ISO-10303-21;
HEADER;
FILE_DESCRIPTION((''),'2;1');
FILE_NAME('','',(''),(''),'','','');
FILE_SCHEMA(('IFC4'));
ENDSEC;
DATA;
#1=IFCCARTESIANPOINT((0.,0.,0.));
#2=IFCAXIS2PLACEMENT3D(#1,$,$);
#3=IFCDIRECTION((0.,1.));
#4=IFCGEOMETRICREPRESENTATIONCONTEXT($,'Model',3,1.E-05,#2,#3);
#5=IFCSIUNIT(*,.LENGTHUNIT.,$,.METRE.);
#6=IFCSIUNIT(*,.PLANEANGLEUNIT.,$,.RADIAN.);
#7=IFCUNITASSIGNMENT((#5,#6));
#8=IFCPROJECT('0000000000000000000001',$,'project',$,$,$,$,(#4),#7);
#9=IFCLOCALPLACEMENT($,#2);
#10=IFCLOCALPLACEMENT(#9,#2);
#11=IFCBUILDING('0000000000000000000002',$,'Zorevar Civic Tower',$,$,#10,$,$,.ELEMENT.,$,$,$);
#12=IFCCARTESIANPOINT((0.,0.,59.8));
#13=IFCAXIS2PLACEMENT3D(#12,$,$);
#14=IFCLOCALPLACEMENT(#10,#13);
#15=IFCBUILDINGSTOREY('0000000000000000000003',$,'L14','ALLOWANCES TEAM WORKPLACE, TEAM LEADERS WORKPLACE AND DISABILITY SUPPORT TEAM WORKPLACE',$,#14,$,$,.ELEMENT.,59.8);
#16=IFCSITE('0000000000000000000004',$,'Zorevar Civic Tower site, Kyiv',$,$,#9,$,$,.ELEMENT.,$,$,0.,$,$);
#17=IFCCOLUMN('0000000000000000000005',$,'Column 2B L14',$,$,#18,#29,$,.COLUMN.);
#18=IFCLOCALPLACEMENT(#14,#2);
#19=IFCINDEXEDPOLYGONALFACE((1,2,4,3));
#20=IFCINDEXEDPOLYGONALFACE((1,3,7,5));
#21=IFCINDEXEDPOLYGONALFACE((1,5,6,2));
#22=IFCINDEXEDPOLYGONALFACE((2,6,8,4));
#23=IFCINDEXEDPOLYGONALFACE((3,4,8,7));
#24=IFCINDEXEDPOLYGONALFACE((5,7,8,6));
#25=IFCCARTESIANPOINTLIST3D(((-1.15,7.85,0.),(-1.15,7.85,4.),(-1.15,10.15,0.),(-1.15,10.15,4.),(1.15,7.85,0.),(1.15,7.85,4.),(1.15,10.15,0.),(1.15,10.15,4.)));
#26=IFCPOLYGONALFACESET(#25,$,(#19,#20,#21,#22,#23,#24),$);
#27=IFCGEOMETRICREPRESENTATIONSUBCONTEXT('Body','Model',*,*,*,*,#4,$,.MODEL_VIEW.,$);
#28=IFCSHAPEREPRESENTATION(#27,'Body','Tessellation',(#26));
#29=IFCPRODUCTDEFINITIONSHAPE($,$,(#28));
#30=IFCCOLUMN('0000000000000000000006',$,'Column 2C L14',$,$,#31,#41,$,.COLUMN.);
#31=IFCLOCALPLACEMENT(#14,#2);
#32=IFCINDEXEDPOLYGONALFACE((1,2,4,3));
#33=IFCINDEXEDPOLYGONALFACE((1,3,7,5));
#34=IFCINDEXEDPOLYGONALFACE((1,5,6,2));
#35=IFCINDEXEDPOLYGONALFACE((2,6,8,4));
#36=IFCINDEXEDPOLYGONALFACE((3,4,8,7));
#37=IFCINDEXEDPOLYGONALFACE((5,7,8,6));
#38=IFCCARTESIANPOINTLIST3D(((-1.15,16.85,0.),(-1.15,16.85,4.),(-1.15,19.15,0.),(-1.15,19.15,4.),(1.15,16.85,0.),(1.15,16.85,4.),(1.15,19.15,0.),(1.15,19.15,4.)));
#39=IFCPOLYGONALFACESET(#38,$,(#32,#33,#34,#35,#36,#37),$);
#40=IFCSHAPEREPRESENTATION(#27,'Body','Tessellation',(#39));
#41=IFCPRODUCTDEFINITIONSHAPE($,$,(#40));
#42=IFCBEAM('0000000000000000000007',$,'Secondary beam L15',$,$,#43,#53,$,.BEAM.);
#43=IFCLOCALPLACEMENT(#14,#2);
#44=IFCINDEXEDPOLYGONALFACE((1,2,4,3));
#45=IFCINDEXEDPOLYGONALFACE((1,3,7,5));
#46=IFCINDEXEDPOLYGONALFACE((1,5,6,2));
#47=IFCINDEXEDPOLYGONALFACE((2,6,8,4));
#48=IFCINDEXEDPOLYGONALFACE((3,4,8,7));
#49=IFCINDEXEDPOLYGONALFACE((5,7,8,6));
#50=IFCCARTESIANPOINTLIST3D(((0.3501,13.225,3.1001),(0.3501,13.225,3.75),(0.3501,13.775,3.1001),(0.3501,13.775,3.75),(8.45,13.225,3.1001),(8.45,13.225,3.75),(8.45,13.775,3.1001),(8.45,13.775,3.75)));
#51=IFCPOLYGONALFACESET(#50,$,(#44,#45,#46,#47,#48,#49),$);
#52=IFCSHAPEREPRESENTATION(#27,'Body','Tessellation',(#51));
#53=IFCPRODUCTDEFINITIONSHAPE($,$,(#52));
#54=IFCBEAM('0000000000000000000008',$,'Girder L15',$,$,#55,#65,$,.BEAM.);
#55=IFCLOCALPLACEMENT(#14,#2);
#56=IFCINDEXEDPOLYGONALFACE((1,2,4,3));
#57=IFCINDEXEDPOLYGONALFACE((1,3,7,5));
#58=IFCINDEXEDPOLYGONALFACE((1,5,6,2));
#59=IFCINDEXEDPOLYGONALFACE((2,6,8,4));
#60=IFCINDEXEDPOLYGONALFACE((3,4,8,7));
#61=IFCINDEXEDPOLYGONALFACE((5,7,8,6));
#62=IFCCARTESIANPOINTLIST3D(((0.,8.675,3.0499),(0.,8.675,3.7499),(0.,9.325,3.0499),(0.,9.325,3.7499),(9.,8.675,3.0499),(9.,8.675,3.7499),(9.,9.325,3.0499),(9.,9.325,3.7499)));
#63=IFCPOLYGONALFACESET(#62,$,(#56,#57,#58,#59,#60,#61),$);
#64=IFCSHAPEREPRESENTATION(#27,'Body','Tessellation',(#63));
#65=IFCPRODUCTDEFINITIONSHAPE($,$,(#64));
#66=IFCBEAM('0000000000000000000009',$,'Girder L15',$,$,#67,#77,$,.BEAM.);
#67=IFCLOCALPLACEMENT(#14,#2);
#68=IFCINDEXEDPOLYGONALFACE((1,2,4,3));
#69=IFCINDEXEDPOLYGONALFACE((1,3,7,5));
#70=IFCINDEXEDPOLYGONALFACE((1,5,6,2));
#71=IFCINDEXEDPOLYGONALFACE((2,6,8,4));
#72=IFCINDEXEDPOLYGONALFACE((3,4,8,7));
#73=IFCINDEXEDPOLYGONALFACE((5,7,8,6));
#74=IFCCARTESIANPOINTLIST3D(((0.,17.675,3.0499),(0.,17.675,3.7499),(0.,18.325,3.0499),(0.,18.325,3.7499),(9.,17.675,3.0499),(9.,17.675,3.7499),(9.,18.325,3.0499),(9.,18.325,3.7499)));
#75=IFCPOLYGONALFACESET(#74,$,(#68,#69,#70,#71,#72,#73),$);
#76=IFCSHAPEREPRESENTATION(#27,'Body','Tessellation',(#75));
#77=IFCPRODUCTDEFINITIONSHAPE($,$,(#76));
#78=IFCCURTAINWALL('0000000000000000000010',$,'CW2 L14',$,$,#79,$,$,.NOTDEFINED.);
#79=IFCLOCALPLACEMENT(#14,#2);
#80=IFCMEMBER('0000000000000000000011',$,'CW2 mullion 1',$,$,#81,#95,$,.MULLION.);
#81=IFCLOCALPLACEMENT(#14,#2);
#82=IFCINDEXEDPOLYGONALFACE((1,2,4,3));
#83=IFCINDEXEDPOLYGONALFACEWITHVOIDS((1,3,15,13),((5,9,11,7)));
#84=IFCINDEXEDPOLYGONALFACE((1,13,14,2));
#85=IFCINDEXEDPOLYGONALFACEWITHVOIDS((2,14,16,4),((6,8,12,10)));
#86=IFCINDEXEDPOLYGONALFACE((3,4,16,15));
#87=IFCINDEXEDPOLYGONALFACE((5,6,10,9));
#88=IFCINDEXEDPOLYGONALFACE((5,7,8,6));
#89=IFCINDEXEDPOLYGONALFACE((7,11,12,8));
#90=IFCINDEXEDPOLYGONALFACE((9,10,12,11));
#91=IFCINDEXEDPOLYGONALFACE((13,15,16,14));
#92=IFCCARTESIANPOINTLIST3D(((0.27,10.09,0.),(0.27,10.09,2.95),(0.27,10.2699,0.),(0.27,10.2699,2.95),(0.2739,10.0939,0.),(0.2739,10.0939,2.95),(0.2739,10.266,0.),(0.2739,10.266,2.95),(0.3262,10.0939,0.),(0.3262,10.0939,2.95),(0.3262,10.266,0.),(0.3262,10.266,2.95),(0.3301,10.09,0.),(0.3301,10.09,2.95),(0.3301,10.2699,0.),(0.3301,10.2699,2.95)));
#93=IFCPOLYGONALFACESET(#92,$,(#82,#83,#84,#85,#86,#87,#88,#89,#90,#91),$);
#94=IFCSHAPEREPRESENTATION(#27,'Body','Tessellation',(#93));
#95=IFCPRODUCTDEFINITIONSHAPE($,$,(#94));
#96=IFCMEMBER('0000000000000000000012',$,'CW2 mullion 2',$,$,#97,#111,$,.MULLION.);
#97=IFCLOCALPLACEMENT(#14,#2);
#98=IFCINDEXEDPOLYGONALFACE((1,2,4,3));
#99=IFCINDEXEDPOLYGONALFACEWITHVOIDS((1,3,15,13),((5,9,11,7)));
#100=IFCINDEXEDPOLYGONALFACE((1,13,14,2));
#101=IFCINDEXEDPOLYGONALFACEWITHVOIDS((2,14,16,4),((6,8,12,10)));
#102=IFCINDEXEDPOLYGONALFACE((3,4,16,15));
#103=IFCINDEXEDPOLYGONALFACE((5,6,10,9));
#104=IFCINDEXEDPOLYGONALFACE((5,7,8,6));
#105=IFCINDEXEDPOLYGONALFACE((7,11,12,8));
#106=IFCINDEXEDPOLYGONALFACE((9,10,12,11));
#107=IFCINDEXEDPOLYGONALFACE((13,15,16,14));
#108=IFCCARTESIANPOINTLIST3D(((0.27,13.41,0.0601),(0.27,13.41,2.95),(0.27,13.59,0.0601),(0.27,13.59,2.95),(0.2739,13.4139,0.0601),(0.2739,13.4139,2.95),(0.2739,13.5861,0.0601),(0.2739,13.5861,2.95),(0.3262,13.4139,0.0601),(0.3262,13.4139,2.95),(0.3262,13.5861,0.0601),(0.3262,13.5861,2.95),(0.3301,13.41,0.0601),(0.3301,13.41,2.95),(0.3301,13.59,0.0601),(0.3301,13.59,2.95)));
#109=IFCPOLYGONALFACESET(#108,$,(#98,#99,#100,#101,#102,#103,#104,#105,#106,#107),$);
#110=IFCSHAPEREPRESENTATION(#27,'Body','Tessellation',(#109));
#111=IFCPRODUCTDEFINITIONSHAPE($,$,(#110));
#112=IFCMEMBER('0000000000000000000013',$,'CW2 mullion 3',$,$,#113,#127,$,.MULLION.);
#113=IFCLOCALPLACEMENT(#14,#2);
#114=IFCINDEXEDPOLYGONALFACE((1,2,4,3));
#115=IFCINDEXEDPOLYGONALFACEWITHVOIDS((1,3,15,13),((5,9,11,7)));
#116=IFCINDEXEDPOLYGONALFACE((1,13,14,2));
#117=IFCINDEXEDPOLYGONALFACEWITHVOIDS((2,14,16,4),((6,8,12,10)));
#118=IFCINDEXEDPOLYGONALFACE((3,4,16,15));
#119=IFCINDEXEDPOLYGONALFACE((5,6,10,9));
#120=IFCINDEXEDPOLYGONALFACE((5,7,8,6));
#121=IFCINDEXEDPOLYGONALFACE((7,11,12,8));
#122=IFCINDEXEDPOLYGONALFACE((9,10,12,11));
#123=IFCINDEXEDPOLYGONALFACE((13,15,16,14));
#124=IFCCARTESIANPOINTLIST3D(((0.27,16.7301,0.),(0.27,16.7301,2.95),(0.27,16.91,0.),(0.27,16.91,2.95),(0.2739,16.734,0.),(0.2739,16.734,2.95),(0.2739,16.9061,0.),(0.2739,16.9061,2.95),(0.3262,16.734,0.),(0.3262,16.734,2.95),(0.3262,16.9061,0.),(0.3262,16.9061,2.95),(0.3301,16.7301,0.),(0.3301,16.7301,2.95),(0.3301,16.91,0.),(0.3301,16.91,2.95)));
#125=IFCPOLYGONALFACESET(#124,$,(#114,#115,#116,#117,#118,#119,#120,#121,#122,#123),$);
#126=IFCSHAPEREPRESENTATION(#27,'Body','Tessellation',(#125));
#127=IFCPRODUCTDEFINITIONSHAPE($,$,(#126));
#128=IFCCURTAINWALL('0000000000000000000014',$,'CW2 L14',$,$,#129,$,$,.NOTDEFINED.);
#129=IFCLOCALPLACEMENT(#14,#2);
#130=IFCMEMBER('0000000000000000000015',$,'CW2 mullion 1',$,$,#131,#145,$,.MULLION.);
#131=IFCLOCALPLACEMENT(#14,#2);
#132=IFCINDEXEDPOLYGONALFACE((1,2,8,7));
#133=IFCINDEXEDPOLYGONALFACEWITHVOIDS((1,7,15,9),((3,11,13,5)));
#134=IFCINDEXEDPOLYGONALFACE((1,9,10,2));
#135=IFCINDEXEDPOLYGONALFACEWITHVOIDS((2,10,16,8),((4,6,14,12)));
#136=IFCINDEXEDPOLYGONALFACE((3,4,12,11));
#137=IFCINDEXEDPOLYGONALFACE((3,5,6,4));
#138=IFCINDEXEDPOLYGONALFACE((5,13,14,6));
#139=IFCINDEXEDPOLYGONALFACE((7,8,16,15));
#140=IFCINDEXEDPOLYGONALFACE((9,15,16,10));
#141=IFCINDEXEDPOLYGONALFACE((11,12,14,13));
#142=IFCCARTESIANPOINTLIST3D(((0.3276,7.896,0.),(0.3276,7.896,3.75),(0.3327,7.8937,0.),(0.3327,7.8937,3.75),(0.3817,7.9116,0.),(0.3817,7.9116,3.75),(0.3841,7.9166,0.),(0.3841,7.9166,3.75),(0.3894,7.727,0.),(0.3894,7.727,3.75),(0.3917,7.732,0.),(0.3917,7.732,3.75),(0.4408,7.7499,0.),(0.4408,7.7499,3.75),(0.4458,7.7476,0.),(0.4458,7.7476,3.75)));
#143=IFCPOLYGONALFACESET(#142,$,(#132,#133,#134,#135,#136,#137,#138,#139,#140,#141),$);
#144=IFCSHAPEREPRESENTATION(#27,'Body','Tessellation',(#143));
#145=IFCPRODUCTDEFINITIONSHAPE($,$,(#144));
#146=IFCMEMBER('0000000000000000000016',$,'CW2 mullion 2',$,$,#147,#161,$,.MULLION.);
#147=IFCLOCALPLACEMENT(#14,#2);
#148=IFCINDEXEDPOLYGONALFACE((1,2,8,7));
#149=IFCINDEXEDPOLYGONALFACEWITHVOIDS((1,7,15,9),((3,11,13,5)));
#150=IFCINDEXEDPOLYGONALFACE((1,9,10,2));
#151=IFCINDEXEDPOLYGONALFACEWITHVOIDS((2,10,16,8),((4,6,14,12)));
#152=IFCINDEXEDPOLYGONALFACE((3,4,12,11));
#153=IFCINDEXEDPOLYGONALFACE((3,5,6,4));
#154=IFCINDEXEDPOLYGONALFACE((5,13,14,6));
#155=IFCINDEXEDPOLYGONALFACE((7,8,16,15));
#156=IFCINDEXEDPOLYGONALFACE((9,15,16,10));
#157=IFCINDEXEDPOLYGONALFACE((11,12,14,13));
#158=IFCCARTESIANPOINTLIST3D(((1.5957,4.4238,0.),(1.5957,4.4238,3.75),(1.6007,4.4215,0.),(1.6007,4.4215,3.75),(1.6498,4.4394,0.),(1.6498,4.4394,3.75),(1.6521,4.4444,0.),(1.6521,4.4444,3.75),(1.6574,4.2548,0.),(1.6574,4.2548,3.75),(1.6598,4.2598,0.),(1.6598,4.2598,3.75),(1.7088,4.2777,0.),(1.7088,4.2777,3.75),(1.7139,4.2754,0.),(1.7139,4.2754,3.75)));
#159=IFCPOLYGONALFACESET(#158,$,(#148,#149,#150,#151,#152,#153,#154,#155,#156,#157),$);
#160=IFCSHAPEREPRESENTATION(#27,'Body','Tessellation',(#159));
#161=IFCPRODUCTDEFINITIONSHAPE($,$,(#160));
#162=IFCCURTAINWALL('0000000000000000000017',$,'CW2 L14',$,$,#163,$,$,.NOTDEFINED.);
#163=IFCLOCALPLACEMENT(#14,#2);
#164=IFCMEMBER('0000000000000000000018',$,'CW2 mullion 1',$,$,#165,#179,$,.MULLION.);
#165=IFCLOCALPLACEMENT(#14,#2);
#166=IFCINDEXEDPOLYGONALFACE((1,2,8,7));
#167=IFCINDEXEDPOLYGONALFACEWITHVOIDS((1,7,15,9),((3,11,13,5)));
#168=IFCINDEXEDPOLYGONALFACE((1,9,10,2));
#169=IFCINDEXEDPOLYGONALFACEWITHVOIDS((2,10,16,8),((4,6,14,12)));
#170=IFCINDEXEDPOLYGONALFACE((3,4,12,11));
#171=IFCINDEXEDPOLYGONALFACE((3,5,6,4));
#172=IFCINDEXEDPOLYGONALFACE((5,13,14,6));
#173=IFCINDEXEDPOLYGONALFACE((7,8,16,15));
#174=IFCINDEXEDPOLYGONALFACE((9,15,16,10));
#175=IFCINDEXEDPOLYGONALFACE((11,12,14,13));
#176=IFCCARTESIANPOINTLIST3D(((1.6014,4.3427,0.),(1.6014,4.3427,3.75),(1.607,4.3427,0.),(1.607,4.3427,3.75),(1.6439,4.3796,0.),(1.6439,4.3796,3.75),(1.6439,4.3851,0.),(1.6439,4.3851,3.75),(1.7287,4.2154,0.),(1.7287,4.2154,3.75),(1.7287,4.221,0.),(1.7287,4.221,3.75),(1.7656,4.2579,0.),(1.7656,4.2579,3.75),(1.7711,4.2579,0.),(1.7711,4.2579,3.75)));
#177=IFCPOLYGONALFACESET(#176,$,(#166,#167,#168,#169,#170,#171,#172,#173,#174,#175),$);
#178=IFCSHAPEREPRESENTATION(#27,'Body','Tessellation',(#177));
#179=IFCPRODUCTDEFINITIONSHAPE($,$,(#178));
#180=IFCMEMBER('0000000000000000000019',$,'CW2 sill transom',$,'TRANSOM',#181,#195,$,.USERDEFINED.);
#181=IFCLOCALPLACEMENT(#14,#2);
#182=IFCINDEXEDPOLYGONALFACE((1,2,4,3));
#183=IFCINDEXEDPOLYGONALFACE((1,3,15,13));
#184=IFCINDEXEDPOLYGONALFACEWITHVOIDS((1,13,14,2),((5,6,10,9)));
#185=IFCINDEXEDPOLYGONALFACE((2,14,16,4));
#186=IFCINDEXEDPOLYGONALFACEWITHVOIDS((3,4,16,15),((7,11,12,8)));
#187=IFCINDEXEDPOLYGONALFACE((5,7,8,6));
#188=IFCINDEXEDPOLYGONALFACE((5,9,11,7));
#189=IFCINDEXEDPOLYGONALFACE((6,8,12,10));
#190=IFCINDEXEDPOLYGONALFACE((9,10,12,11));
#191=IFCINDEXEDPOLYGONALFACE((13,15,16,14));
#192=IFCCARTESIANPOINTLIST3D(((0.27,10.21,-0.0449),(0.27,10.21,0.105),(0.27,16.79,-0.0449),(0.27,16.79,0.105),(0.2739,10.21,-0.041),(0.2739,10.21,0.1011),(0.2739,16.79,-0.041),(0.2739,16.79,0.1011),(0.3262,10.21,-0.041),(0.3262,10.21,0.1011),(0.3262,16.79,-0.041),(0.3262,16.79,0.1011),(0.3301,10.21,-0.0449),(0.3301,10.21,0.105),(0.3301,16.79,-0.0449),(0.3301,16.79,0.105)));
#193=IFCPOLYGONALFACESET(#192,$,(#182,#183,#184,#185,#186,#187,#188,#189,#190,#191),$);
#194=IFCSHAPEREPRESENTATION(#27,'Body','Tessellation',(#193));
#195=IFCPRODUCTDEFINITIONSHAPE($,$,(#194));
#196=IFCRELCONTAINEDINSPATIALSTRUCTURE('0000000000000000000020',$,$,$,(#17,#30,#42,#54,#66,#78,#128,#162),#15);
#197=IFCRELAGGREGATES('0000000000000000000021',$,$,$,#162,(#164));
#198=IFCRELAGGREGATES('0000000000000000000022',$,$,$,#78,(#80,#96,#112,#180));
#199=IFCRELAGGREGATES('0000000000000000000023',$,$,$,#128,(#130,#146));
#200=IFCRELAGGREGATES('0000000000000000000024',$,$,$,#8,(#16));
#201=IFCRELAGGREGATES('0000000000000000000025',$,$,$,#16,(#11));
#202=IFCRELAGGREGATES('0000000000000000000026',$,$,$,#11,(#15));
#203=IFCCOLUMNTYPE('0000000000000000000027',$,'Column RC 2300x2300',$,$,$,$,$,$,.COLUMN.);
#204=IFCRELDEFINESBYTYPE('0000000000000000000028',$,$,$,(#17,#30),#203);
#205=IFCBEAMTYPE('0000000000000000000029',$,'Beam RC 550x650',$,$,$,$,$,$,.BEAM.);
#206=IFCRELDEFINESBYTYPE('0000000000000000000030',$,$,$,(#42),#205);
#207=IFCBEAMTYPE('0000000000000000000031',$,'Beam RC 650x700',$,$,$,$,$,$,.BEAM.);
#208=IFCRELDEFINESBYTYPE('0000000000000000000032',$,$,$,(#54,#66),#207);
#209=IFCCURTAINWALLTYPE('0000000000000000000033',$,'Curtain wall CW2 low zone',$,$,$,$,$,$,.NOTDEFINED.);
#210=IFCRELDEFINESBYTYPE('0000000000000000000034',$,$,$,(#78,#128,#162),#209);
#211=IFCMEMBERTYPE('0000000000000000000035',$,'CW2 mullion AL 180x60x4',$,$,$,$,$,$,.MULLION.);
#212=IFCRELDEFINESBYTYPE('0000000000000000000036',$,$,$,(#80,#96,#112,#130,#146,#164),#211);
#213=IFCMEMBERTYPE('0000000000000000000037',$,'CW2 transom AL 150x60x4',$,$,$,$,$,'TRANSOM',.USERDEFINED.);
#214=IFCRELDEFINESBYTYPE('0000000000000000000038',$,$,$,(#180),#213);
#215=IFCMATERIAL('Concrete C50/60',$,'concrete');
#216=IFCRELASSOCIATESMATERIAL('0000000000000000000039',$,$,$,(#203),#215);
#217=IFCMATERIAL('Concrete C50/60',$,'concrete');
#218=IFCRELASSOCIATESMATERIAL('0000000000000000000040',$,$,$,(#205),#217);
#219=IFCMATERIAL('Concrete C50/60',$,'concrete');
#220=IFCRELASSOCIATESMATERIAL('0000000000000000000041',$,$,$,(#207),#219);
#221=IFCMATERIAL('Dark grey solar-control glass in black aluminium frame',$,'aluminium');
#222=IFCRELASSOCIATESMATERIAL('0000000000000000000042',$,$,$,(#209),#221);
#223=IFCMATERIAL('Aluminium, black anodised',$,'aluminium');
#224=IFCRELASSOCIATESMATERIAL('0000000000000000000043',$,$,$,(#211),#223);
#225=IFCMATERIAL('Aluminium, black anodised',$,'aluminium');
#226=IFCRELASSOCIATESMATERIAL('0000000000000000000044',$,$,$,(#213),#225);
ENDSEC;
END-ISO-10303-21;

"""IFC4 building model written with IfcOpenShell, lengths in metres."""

from ifc_helpers import new_model, si_unit, direction, frame, origin, origin_2d, place, context, subcontext, project, spatial, rectangle, hollow_rectangle, extrude, material, material_profile, profile_set, type_object, element, aggregate, save


model = new_model("IFC4")

# Units and contexts
model_context = context("Model", 3, precision=1e-05, world=origin(), true_north=direction((0.0, 1.0)))
body_context = subcontext(model_context, "Body", "Model", "MODEL_VIEW")
ifc_project = project(units=[si_unit("LENGTHUNIT", "METRE"), si_unit("PLANEANGLEUNIT", "RADIAN")], contexts=[model_context])

# Site, building, storey
site_placement = place(None, origin())
site = spatial("IfcSite", under=ifc_project, at=site_placement, Name="Zorevar Civic Tower site, Kyiv", CompositionType="ELEMENT", RefElevation=0.0)
building_placement = place(site_placement, origin())
building = spatial("IfcBuilding", under=site, at=building_placement, Name="Zorevar Civic Tower", CompositionType="ELEMENT")
storey_placement = place(building_placement, frame((0.0, 0.0, 59.8)))
storey = spatial("IfcBuildingStorey", under=building, at=storey_placement, Name="L14", Description="ALLOWANCES TEAM WORKPLACE, TEAM LEADERS WORKPLACE AND DISABILITY SUPPORT TEAM WORKPLACE", CompositionType="ELEMENT", Elevation=59.8)

# Columns
ifc_material_1 = material(Name="Concrete C50/60", Category="concrete")
ifc_material_profile_1 = material_profile(ifc_material_1, rectangle(XDim=2.3, YDim=2.3, at=origin_2d()), Name="RC 2300x2300")
ifc_profile_set_1 = profile_set([ifc_material_profile_1], Name="Concrete C50/60")
column_type = type_object("IfcColumnType", Name="Column RC 2300x2300", PredefinedType="COLUMN", material=ifc_profile_set_1)
for number, where, z_axis, x_axis, name in (
    (1, (0.0, 9.0, 0.0), (0.0, 0.0, 1.0), (1.0, 0.0, 0.0), "Column 2B L14"),
    (2, (0.0, 18.0, 0.0), (0.0, 0.0, 1.0), (1.0, 0.0, 0.0), "Column 2C L14"),
):
    element("IfcColumn", number, at=place(storey_placement, frame(where, z_axis=z_axis, x_axis=x_axis)), inside=storey, type_object=column_type, Name=name, PredefinedType="COLUMN", context=body_context, shape_type="SweptSolid", body=[
        extrude(rectangle(XDim=2.3, YDim=2.3, at=origin_2d()), origin(), (0.0, 0.0, 1.0), 4.0),
    ])

# Beams
ifc_material_2 = material(Name="Concrete C50/60", Category="concrete")
ifc_material_profile_2 = material_profile(ifc_material_2, rectangle(XDim=0.55, YDim=0.6499, at=origin_2d()), Name="RC 550x650")
ifc_profile_set_2 = profile_set([ifc_material_profile_2], Name="Concrete C50/60")
beam_type_1 = type_object("IfcBeamType", Name="Beam RC 550x650", PredefinedType="BEAM", material=ifc_profile_set_2)
beam_1_placement = place(storey_placement, frame((0.3501, 13.5, 3.425), z_axis=(1.0, 0.0, 0.0), x_axis=(0.0, 1.0, 0.0)))
element("IfcBeam", 3, at=beam_1_placement, inside=storey, type_object=beam_type_1, Name="Secondary beam L15", PredefinedType="BEAM", context=body_context, shape_type="SweptSolid", body=[
    extrude(rectangle(XDim=0.55, YDim=0.6499, at=origin_2d()), origin(), (0.0, 0.0, 1.0), 8.0999),
])
ifc_material_3 = material(Name="Concrete C50/60", Category="concrete")
ifc_material_profile_3 = material_profile(ifc_material_3, rectangle(XDim=0.6499, YDim=0.7, at=origin_2d()), Name="RC 650x700")
ifc_profile_set_3 = profile_set([ifc_material_profile_3], Name="Concrete C50/60")
beam_type_2 = type_object("IfcBeamType", Name="Beam RC 650x700", PredefinedType="BEAM", material=ifc_profile_set_3)
for number, where, z_axis, x_axis, name in (
    (4, (0.0, 9.0, 3.3999), (1.0, 0.0, 0.0), (0.0, 1.0, 0.0), "Girder L15"),
    (5, (0.0, 18.0, 3.3999), (1.0, 0.0, 0.0), (0.0, 1.0, 0.0), "Girder L15"),
):
    element("IfcBeam", number, at=place(storey_placement, frame(where, z_axis=z_axis, x_axis=x_axis)), inside=storey, type_object=beam_type_2, Name=name, PredefinedType="BEAM", context=body_context, shape_type="SweptSolid", body=[
        extrude(rectangle(XDim=0.6499, YDim=0.7, at=origin_2d()), origin(), (0.0, 0.0, 1.0), 9.0),
    ])

# Curtain walls, members
ifc_material_4 = material(Name="Dark grey solar-control glass in black aluminium frame", Category="aluminium")
curtain_wall_type = type_object("IfcCurtainWallType", Name="Curtain wall CW2 low zone", PredefinedType="NOTDEFINED", material=ifc_material_4)
curtain_wall_1_placement = place(storey_placement, origin())
curtain_wall_1 = element("IfcCurtainWall", 6, at=curtain_wall_1_placement, inside=storey, type_object=curtain_wall_type, Name="CW2 L14", PredefinedType="NOTDEFINED")
ifc_material_5 = material(Name="Aluminium, black anodised", Category="aluminium")
ifc_material_profile_4 = material_profile(ifc_material_5, hollow_rectangle(XDim=0.0601, YDim=0.1799, WallThickness=0.0039, at=origin_2d()), Name="AL 180x60x4")
ifc_profile_set_4 = profile_set([ifc_material_profile_4], Name="Aluminium, black anodised")
member_type_1 = type_object("IfcMemberType", Name="CW2 mullion AL 180x60x4", PredefinedType="MULLION", material=ifc_profile_set_4)
member_1_placement = place(storey_placement, frame((0.3, 10.1799, 0.0), z_axis=(0.0, 0.0, 1.0), x_axis=(-1.0, 0.0, 0.0)))
member_1 = element("IfcMember", 7, at=member_1_placement, type_object=member_type_1, Name="CW2 mullion 1", PredefinedType="MULLION", context=body_context, shape_type="SweptSolid", body=[
    extrude(hollow_rectangle(XDim=0.0601, YDim=0.1799, WallThickness=0.0039, at=origin_2d()), origin(), (0.0, 0.0, 1.0), 2.95),
])
member_2_placement = place(storey_placement, frame((0.3, 13.5, 0.0601), z_axis=(0.0, 0.0, 1.0), x_axis=(-1.0, 0.0, 0.0)))
member_2 = element("IfcMember", 8, at=member_2_placement, type_object=member_type_1, Name="CW2 mullion 2", PredefinedType="MULLION", context=body_context, shape_type="SweptSolid", body=[
    extrude(hollow_rectangle(XDim=0.0601, YDim=0.1799, WallThickness=0.0039, at=origin_2d()), origin(), (0.0, 0.0, 1.0), 2.8899),
])
member_3_placement = place(storey_placement, frame((0.3, 16.8201, 0.0), z_axis=(0.0, 0.0, 1.0), x_axis=(-1.0, 0.0, 0.0)))
member_3 = element("IfcMember", 9, at=member_3_placement, type_object=member_type_1, Name="CW2 mullion 3", PredefinedType="MULLION", context=body_context, shape_type="SweptSolid", body=[
    extrude(hollow_rectangle(XDim=0.0601, YDim=0.1799, WallThickness=0.0039, at=origin_2d()), origin(), (0.0, 0.0, 1.0), 2.95),
])
curtain_wall_2_placement = place(storey_placement, origin())
curtain_wall_2 = element("IfcCurtainWall", 10, at=curtain_wall_2_placement, inside=storey, type_object=curtain_wall_type, Name="CW2 L14", PredefinedType="NOTDEFINED")
member_4_placement = place(storey_placement, frame((0.3867, 7.8218, 0.0), z_axis=(0.0, 0.0, 1.0), x_axis=(0.939313, 0.34306, 0.0)))
member_4 = element("IfcMember", 11, at=member_4_placement, type_object=member_type_1, Name="CW2 mullion 1", PredefinedType="MULLION", context=body_context, shape_type="SweptSolid", body=[
    extrude(hollow_rectangle(XDim=0.0601, YDim=0.1799, WallThickness=0.0039, at=origin_2d()), origin(), (0.0, 0.0, 1.0), 3.75),
])
member_5_placement = place(storey_placement, frame((1.6548, 4.3496, 0.0), z_axis=(0.0, 0.0, 1.0), x_axis=(0.939313, 0.34306, 0.0)))
member_5 = element("IfcMember", 12, at=member_5_placement, type_object=member_type_1, Name="CW2 mullion 2", PredefinedType="MULLION", context=body_context, shape_type="SweptSolid", body=[
    extrude(hollow_rectangle(XDim=0.0601, YDim=0.1799, WallThickness=0.0039, at=origin_2d()), origin(), (0.0, 0.0, 1.0), 3.75),
])

# Curtain wall, member
curtain_wall_3_placement = place(storey_placement, origin())
curtain_wall_3 = element("IfcCurtainWall", 13, at=curtain_wall_3_placement, inside=storey, type_object=curtain_wall_type, Name="CW2 L14", PredefinedType="NOTDEFINED")
member_6_placement = place(storey_placement, frame((1.6863, 4.3003, 0.0), z_axis=(0.0, 0.0, 1.0), x_axis=(0.707107, 0.707107, 0.0)))
member_6 = element("IfcMember", 14, at=member_6_placement, type_object=member_type_1, Name="CW2 mullion 1", PredefinedType="MULLION", context=body_context, shape_type="SweptSolid", body=[
    extrude(hollow_rectangle(XDim=0.0601, YDim=0.1799, WallThickness=0.0039, at=origin_2d()), origin(), (0.0, 0.0, 1.0), 3.75),
])
aggregate(curtain_wall_3, [member_6])

# Member
ifc_material_6 = material(Name="Aluminium, black anodised", Category="aluminium")
ifc_material_profile_5 = material_profile(ifc_material_6, hollow_rectangle(XDim=0.0601, YDim=0.1499, WallThickness=0.0039, at=origin_2d()), Name="AL 150x60x4")
ifc_profile_set_5 = profile_set([ifc_material_profile_5], Name="Aluminium, black anodised")
member_type_2 = type_object("IfcMemberType", Name="CW2 transom AL 150x60x4", ElementType="TRANSOM", PredefinedType="USERDEFINED", material=ifc_profile_set_5)
member_7_placement = place(storey_placement, frame((0.3, 10.21, 0.03), z_axis=(0.0, 1.0, 0.0), x_axis=(-1.0, 0.0, 0.0)))
member_7 = element("IfcMember", 15, at=member_7_placement, type_object=member_type_2, Name="CW2 sill transom", ObjectType="TRANSOM", PredefinedType="USERDEFINED", context=body_context, shape_type="SweptSolid", body=[
    extrude(hollow_rectangle(XDim=0.0601, YDim=0.1499, WallThickness=0.0039, at=origin_2d()), origin(), (0.0, 0.0, 1.0), 6.5801),
])

aggregate(curtain_wall_1, [member_1, member_2, member_3, member_7])
aggregate(curtain_wall_2, [member_4, member_5])

save(model, "model.ifc")
